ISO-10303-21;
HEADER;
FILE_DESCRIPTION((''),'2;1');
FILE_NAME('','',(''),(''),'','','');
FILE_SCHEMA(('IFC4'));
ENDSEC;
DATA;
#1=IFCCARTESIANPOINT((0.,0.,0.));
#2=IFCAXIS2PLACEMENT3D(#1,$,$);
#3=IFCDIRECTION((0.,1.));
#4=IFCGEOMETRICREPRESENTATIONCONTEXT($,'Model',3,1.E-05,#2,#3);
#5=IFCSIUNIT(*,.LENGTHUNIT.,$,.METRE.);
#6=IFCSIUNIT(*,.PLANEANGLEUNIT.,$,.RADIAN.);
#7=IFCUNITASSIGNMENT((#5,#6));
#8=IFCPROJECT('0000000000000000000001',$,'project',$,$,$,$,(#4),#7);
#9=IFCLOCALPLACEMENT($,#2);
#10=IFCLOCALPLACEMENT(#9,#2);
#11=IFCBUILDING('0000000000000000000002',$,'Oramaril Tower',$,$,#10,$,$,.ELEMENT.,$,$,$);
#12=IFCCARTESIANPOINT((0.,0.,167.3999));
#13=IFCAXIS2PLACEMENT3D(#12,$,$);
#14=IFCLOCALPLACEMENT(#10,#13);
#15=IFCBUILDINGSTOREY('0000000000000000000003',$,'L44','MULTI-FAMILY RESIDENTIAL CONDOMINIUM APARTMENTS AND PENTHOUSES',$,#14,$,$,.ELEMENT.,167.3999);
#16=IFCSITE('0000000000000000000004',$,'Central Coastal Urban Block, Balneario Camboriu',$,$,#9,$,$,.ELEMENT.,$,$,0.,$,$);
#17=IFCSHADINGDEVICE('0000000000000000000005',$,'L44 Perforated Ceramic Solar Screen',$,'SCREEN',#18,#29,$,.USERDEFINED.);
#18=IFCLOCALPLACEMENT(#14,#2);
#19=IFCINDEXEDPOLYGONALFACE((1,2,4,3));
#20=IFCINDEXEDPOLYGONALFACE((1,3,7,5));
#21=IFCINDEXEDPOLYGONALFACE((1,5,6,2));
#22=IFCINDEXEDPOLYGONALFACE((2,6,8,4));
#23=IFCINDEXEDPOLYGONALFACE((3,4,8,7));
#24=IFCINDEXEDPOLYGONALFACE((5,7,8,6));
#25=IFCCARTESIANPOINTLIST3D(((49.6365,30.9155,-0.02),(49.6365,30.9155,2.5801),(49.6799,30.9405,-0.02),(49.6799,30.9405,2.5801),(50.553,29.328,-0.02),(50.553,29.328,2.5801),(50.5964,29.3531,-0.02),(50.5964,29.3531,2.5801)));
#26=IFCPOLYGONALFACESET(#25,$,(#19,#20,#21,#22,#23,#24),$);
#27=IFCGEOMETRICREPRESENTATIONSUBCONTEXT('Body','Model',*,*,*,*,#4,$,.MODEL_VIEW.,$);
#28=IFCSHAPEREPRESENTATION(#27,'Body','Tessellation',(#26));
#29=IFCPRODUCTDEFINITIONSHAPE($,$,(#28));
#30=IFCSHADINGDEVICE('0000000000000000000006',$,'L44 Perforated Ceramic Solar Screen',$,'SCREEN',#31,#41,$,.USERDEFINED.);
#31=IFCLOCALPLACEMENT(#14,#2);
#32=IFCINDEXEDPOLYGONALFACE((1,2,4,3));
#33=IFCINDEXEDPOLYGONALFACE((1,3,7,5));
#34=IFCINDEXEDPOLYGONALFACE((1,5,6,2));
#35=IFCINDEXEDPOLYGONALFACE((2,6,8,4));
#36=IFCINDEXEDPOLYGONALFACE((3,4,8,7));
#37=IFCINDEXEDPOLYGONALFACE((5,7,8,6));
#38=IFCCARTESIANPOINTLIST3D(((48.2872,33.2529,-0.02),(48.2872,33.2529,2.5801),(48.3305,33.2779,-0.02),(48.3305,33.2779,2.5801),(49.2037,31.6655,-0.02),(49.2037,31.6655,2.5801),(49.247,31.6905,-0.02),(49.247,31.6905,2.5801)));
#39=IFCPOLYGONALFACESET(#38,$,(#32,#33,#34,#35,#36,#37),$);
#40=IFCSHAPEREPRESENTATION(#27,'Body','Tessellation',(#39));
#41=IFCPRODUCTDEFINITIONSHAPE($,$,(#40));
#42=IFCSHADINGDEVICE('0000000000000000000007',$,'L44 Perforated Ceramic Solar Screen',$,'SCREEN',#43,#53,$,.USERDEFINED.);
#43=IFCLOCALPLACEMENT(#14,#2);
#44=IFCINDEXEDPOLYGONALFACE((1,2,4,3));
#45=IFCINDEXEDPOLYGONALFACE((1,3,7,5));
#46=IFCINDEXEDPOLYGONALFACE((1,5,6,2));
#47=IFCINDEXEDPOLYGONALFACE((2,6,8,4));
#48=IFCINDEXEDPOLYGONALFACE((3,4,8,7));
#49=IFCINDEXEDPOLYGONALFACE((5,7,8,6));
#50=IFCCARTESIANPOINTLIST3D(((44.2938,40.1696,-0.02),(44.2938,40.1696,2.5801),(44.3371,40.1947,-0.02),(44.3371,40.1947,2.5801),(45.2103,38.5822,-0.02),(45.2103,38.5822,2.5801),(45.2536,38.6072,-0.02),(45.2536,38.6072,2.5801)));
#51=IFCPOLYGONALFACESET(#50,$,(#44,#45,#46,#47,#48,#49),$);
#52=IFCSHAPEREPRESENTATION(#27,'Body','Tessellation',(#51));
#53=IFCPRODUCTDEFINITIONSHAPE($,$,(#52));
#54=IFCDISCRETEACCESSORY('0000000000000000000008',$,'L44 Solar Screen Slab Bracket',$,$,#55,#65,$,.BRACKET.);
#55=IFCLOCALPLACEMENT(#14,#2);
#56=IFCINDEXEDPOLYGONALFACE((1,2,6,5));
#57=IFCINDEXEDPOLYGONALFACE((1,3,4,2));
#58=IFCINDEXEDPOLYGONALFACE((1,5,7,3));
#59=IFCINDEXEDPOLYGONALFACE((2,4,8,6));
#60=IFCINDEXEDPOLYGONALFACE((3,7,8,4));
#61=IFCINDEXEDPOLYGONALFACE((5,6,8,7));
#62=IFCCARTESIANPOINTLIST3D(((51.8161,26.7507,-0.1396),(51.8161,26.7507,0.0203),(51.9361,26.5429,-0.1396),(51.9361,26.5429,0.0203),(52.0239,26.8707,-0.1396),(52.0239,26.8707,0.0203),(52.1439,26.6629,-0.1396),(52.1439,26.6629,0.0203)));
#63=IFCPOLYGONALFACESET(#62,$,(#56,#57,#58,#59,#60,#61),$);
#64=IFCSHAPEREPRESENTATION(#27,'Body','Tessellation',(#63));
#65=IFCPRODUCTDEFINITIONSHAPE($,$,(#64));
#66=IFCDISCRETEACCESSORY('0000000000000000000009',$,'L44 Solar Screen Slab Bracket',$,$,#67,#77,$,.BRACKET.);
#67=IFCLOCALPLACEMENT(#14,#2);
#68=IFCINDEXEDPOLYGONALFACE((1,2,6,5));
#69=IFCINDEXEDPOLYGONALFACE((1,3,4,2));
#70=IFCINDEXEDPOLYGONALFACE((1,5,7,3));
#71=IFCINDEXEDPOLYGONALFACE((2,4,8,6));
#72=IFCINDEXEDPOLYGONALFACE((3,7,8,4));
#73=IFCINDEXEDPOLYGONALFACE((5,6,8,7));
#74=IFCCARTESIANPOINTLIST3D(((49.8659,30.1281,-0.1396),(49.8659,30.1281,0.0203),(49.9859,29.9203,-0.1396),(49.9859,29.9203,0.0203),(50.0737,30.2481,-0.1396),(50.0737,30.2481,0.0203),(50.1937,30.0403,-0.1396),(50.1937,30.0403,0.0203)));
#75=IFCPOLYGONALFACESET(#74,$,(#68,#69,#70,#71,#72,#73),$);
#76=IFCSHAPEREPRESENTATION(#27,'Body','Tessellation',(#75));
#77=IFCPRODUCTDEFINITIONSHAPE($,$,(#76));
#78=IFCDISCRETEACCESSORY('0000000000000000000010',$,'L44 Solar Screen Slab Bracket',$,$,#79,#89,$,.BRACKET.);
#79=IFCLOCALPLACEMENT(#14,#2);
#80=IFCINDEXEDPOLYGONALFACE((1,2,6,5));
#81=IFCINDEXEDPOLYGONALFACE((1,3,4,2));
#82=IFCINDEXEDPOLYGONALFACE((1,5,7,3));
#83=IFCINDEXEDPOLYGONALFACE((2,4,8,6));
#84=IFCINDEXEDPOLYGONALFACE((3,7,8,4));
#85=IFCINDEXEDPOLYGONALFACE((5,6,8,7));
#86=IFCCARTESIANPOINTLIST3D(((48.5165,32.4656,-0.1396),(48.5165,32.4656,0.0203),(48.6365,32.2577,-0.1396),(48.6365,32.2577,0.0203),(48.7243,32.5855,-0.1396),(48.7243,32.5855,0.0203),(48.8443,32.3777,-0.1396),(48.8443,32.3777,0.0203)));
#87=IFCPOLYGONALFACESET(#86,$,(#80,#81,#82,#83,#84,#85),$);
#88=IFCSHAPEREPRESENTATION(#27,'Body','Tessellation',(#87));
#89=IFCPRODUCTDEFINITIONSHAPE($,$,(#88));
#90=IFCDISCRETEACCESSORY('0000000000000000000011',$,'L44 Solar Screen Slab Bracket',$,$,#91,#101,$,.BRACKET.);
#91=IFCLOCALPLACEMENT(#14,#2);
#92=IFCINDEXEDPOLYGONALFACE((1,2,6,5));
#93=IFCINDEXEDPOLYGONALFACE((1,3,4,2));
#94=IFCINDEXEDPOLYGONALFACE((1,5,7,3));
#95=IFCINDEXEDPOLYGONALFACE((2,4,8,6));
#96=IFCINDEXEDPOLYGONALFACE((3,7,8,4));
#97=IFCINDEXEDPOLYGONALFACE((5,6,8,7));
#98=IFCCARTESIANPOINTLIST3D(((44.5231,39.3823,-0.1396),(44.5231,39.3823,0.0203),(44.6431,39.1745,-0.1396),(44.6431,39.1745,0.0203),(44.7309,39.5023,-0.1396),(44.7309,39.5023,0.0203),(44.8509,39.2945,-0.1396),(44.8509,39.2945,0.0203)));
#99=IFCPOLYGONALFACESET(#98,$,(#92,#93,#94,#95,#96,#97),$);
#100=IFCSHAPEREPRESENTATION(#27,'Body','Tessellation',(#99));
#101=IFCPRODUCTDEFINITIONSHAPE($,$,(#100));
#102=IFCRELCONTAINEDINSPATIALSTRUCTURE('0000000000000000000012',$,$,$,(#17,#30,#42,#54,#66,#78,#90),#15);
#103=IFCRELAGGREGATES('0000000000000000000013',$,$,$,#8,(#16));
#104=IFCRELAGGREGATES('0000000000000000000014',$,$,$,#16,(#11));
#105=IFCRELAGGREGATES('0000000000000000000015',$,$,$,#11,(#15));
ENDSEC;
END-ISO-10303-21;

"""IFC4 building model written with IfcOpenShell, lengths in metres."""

from ifc_helpers import new_model, si_unit, direction, frame, origin, origin_2d, place, context, subcontext, project, spatial, rectangle, extrude, element, save


model = new_model("IFC4")

# Units and contexts
model_context = context("Model", 3, precision=1e-05, world=origin(), true_north=direction((0.0, 1.0)))
body_context = subcontext(model_context, "Body", "Model", "MODEL_VIEW")
ifc_project = project(units=[si_unit("LENGTHUNIT", "METRE"), si_unit("PLANEANGLEUNIT", "RADIAN")], contexts=[model_context])

# Site, building, storey
site_placement = place(None, origin())
site = spatial("IfcSite", under=ifc_project, at=site_placement, Name="Central Coastal Urban Block, Balneario Camboriu", CompositionType="ELEMENT", RefElevation=0.0)
building_placement = place(site_placement, origin())
building = spatial("IfcBuilding", under=site, at=building_placement, Name="Oramaril Tower", CompositionType="ELEMENT")
storey_placement = place(building_placement, frame((0.0, 0.0, 167.3999)))
storey = spatial("IfcBuildingStorey", under=building, at=storey_placement, Name="L44", Description="MULTI-FAMILY RESIDENTIAL CONDOMINIUM APARTMENTS AND PENTHOUSES", CompositionType="ELEMENT", Elevation=167.3999)

# Shading devices
for number, where, z_axis, x_axis, name in (
    (1, (50.1165, 30.1343, -0.02), (0.0, 0.0, 1.0), (-0.5, 0.866025, 0.0), "L44 Perforated Ceramic Solar Screen"),
    (2, (48.7671, 32.4717, -0.02), (0.0, 0.0, 1.0), (-0.5, 0.866025, 0.0), "L44 Perforated Ceramic Solar Screen"),
    (3, (44.7737, 39.3884, -0.02), (0.0, 0.0, 1.0), (-0.5, 0.866025, 0.0), "L44 Perforated Ceramic Solar Screen"),
):
    element("IfcShadingDevice", number, at=place(storey_placement, frame(where, z_axis=z_axis, x_axis=x_axis)), inside=storey, Name=name, ObjectType="SCREEN", PredefinedType="USERDEFINED", context=body_context, shape_type="SweptSolid", body=[
        extrude(rectangle(XDim=1.833, YDim=0.05, at=origin_2d()), origin(), (0.0, 0.0, 1.0), 2.6001),
    ])

# Discrete accessories
for number, where, z_axis, x_axis, name in (
    (4, (51.98, 26.7068, -0.1396), (0.0, 0.0, 1.0), (-0.5, 0.866025, 0.0), "L44 Solar Screen Slab Bracket"),
    (5, (50.0298, 30.0842, -0.1396), (0.0, 0.0, 1.0), (-0.5, 0.866025, 0.0), "L44 Solar Screen Slab Bracket"),
    (6, (48.6804, 32.4216, -0.1396), (0.0, 0.0, 1.0), (-0.5, 0.866025, 0.0), "L44 Solar Screen Slab Bracket"),
    (7, (44.687, 39.3384, -0.1396), (0.0, 0.0, 1.0), (-0.5, 0.866025, 0.0), "L44 Solar Screen Slab Bracket"),
):
    element("IfcDiscreteAccessory", number, at=place(storey_placement, frame(where, z_axis=z_axis, x_axis=x_axis)), inside=storey, Name=name, PredefinedType="BRACKET", context=body_context, shape_type="SweptSolid", body=[
        extrude(rectangle(XDim=0.24, YDim=0.24, at=origin_2d()), origin(), (0.0, 0.0, 1.0), 0.1599),
    ])

save(model, "model.ifc")
